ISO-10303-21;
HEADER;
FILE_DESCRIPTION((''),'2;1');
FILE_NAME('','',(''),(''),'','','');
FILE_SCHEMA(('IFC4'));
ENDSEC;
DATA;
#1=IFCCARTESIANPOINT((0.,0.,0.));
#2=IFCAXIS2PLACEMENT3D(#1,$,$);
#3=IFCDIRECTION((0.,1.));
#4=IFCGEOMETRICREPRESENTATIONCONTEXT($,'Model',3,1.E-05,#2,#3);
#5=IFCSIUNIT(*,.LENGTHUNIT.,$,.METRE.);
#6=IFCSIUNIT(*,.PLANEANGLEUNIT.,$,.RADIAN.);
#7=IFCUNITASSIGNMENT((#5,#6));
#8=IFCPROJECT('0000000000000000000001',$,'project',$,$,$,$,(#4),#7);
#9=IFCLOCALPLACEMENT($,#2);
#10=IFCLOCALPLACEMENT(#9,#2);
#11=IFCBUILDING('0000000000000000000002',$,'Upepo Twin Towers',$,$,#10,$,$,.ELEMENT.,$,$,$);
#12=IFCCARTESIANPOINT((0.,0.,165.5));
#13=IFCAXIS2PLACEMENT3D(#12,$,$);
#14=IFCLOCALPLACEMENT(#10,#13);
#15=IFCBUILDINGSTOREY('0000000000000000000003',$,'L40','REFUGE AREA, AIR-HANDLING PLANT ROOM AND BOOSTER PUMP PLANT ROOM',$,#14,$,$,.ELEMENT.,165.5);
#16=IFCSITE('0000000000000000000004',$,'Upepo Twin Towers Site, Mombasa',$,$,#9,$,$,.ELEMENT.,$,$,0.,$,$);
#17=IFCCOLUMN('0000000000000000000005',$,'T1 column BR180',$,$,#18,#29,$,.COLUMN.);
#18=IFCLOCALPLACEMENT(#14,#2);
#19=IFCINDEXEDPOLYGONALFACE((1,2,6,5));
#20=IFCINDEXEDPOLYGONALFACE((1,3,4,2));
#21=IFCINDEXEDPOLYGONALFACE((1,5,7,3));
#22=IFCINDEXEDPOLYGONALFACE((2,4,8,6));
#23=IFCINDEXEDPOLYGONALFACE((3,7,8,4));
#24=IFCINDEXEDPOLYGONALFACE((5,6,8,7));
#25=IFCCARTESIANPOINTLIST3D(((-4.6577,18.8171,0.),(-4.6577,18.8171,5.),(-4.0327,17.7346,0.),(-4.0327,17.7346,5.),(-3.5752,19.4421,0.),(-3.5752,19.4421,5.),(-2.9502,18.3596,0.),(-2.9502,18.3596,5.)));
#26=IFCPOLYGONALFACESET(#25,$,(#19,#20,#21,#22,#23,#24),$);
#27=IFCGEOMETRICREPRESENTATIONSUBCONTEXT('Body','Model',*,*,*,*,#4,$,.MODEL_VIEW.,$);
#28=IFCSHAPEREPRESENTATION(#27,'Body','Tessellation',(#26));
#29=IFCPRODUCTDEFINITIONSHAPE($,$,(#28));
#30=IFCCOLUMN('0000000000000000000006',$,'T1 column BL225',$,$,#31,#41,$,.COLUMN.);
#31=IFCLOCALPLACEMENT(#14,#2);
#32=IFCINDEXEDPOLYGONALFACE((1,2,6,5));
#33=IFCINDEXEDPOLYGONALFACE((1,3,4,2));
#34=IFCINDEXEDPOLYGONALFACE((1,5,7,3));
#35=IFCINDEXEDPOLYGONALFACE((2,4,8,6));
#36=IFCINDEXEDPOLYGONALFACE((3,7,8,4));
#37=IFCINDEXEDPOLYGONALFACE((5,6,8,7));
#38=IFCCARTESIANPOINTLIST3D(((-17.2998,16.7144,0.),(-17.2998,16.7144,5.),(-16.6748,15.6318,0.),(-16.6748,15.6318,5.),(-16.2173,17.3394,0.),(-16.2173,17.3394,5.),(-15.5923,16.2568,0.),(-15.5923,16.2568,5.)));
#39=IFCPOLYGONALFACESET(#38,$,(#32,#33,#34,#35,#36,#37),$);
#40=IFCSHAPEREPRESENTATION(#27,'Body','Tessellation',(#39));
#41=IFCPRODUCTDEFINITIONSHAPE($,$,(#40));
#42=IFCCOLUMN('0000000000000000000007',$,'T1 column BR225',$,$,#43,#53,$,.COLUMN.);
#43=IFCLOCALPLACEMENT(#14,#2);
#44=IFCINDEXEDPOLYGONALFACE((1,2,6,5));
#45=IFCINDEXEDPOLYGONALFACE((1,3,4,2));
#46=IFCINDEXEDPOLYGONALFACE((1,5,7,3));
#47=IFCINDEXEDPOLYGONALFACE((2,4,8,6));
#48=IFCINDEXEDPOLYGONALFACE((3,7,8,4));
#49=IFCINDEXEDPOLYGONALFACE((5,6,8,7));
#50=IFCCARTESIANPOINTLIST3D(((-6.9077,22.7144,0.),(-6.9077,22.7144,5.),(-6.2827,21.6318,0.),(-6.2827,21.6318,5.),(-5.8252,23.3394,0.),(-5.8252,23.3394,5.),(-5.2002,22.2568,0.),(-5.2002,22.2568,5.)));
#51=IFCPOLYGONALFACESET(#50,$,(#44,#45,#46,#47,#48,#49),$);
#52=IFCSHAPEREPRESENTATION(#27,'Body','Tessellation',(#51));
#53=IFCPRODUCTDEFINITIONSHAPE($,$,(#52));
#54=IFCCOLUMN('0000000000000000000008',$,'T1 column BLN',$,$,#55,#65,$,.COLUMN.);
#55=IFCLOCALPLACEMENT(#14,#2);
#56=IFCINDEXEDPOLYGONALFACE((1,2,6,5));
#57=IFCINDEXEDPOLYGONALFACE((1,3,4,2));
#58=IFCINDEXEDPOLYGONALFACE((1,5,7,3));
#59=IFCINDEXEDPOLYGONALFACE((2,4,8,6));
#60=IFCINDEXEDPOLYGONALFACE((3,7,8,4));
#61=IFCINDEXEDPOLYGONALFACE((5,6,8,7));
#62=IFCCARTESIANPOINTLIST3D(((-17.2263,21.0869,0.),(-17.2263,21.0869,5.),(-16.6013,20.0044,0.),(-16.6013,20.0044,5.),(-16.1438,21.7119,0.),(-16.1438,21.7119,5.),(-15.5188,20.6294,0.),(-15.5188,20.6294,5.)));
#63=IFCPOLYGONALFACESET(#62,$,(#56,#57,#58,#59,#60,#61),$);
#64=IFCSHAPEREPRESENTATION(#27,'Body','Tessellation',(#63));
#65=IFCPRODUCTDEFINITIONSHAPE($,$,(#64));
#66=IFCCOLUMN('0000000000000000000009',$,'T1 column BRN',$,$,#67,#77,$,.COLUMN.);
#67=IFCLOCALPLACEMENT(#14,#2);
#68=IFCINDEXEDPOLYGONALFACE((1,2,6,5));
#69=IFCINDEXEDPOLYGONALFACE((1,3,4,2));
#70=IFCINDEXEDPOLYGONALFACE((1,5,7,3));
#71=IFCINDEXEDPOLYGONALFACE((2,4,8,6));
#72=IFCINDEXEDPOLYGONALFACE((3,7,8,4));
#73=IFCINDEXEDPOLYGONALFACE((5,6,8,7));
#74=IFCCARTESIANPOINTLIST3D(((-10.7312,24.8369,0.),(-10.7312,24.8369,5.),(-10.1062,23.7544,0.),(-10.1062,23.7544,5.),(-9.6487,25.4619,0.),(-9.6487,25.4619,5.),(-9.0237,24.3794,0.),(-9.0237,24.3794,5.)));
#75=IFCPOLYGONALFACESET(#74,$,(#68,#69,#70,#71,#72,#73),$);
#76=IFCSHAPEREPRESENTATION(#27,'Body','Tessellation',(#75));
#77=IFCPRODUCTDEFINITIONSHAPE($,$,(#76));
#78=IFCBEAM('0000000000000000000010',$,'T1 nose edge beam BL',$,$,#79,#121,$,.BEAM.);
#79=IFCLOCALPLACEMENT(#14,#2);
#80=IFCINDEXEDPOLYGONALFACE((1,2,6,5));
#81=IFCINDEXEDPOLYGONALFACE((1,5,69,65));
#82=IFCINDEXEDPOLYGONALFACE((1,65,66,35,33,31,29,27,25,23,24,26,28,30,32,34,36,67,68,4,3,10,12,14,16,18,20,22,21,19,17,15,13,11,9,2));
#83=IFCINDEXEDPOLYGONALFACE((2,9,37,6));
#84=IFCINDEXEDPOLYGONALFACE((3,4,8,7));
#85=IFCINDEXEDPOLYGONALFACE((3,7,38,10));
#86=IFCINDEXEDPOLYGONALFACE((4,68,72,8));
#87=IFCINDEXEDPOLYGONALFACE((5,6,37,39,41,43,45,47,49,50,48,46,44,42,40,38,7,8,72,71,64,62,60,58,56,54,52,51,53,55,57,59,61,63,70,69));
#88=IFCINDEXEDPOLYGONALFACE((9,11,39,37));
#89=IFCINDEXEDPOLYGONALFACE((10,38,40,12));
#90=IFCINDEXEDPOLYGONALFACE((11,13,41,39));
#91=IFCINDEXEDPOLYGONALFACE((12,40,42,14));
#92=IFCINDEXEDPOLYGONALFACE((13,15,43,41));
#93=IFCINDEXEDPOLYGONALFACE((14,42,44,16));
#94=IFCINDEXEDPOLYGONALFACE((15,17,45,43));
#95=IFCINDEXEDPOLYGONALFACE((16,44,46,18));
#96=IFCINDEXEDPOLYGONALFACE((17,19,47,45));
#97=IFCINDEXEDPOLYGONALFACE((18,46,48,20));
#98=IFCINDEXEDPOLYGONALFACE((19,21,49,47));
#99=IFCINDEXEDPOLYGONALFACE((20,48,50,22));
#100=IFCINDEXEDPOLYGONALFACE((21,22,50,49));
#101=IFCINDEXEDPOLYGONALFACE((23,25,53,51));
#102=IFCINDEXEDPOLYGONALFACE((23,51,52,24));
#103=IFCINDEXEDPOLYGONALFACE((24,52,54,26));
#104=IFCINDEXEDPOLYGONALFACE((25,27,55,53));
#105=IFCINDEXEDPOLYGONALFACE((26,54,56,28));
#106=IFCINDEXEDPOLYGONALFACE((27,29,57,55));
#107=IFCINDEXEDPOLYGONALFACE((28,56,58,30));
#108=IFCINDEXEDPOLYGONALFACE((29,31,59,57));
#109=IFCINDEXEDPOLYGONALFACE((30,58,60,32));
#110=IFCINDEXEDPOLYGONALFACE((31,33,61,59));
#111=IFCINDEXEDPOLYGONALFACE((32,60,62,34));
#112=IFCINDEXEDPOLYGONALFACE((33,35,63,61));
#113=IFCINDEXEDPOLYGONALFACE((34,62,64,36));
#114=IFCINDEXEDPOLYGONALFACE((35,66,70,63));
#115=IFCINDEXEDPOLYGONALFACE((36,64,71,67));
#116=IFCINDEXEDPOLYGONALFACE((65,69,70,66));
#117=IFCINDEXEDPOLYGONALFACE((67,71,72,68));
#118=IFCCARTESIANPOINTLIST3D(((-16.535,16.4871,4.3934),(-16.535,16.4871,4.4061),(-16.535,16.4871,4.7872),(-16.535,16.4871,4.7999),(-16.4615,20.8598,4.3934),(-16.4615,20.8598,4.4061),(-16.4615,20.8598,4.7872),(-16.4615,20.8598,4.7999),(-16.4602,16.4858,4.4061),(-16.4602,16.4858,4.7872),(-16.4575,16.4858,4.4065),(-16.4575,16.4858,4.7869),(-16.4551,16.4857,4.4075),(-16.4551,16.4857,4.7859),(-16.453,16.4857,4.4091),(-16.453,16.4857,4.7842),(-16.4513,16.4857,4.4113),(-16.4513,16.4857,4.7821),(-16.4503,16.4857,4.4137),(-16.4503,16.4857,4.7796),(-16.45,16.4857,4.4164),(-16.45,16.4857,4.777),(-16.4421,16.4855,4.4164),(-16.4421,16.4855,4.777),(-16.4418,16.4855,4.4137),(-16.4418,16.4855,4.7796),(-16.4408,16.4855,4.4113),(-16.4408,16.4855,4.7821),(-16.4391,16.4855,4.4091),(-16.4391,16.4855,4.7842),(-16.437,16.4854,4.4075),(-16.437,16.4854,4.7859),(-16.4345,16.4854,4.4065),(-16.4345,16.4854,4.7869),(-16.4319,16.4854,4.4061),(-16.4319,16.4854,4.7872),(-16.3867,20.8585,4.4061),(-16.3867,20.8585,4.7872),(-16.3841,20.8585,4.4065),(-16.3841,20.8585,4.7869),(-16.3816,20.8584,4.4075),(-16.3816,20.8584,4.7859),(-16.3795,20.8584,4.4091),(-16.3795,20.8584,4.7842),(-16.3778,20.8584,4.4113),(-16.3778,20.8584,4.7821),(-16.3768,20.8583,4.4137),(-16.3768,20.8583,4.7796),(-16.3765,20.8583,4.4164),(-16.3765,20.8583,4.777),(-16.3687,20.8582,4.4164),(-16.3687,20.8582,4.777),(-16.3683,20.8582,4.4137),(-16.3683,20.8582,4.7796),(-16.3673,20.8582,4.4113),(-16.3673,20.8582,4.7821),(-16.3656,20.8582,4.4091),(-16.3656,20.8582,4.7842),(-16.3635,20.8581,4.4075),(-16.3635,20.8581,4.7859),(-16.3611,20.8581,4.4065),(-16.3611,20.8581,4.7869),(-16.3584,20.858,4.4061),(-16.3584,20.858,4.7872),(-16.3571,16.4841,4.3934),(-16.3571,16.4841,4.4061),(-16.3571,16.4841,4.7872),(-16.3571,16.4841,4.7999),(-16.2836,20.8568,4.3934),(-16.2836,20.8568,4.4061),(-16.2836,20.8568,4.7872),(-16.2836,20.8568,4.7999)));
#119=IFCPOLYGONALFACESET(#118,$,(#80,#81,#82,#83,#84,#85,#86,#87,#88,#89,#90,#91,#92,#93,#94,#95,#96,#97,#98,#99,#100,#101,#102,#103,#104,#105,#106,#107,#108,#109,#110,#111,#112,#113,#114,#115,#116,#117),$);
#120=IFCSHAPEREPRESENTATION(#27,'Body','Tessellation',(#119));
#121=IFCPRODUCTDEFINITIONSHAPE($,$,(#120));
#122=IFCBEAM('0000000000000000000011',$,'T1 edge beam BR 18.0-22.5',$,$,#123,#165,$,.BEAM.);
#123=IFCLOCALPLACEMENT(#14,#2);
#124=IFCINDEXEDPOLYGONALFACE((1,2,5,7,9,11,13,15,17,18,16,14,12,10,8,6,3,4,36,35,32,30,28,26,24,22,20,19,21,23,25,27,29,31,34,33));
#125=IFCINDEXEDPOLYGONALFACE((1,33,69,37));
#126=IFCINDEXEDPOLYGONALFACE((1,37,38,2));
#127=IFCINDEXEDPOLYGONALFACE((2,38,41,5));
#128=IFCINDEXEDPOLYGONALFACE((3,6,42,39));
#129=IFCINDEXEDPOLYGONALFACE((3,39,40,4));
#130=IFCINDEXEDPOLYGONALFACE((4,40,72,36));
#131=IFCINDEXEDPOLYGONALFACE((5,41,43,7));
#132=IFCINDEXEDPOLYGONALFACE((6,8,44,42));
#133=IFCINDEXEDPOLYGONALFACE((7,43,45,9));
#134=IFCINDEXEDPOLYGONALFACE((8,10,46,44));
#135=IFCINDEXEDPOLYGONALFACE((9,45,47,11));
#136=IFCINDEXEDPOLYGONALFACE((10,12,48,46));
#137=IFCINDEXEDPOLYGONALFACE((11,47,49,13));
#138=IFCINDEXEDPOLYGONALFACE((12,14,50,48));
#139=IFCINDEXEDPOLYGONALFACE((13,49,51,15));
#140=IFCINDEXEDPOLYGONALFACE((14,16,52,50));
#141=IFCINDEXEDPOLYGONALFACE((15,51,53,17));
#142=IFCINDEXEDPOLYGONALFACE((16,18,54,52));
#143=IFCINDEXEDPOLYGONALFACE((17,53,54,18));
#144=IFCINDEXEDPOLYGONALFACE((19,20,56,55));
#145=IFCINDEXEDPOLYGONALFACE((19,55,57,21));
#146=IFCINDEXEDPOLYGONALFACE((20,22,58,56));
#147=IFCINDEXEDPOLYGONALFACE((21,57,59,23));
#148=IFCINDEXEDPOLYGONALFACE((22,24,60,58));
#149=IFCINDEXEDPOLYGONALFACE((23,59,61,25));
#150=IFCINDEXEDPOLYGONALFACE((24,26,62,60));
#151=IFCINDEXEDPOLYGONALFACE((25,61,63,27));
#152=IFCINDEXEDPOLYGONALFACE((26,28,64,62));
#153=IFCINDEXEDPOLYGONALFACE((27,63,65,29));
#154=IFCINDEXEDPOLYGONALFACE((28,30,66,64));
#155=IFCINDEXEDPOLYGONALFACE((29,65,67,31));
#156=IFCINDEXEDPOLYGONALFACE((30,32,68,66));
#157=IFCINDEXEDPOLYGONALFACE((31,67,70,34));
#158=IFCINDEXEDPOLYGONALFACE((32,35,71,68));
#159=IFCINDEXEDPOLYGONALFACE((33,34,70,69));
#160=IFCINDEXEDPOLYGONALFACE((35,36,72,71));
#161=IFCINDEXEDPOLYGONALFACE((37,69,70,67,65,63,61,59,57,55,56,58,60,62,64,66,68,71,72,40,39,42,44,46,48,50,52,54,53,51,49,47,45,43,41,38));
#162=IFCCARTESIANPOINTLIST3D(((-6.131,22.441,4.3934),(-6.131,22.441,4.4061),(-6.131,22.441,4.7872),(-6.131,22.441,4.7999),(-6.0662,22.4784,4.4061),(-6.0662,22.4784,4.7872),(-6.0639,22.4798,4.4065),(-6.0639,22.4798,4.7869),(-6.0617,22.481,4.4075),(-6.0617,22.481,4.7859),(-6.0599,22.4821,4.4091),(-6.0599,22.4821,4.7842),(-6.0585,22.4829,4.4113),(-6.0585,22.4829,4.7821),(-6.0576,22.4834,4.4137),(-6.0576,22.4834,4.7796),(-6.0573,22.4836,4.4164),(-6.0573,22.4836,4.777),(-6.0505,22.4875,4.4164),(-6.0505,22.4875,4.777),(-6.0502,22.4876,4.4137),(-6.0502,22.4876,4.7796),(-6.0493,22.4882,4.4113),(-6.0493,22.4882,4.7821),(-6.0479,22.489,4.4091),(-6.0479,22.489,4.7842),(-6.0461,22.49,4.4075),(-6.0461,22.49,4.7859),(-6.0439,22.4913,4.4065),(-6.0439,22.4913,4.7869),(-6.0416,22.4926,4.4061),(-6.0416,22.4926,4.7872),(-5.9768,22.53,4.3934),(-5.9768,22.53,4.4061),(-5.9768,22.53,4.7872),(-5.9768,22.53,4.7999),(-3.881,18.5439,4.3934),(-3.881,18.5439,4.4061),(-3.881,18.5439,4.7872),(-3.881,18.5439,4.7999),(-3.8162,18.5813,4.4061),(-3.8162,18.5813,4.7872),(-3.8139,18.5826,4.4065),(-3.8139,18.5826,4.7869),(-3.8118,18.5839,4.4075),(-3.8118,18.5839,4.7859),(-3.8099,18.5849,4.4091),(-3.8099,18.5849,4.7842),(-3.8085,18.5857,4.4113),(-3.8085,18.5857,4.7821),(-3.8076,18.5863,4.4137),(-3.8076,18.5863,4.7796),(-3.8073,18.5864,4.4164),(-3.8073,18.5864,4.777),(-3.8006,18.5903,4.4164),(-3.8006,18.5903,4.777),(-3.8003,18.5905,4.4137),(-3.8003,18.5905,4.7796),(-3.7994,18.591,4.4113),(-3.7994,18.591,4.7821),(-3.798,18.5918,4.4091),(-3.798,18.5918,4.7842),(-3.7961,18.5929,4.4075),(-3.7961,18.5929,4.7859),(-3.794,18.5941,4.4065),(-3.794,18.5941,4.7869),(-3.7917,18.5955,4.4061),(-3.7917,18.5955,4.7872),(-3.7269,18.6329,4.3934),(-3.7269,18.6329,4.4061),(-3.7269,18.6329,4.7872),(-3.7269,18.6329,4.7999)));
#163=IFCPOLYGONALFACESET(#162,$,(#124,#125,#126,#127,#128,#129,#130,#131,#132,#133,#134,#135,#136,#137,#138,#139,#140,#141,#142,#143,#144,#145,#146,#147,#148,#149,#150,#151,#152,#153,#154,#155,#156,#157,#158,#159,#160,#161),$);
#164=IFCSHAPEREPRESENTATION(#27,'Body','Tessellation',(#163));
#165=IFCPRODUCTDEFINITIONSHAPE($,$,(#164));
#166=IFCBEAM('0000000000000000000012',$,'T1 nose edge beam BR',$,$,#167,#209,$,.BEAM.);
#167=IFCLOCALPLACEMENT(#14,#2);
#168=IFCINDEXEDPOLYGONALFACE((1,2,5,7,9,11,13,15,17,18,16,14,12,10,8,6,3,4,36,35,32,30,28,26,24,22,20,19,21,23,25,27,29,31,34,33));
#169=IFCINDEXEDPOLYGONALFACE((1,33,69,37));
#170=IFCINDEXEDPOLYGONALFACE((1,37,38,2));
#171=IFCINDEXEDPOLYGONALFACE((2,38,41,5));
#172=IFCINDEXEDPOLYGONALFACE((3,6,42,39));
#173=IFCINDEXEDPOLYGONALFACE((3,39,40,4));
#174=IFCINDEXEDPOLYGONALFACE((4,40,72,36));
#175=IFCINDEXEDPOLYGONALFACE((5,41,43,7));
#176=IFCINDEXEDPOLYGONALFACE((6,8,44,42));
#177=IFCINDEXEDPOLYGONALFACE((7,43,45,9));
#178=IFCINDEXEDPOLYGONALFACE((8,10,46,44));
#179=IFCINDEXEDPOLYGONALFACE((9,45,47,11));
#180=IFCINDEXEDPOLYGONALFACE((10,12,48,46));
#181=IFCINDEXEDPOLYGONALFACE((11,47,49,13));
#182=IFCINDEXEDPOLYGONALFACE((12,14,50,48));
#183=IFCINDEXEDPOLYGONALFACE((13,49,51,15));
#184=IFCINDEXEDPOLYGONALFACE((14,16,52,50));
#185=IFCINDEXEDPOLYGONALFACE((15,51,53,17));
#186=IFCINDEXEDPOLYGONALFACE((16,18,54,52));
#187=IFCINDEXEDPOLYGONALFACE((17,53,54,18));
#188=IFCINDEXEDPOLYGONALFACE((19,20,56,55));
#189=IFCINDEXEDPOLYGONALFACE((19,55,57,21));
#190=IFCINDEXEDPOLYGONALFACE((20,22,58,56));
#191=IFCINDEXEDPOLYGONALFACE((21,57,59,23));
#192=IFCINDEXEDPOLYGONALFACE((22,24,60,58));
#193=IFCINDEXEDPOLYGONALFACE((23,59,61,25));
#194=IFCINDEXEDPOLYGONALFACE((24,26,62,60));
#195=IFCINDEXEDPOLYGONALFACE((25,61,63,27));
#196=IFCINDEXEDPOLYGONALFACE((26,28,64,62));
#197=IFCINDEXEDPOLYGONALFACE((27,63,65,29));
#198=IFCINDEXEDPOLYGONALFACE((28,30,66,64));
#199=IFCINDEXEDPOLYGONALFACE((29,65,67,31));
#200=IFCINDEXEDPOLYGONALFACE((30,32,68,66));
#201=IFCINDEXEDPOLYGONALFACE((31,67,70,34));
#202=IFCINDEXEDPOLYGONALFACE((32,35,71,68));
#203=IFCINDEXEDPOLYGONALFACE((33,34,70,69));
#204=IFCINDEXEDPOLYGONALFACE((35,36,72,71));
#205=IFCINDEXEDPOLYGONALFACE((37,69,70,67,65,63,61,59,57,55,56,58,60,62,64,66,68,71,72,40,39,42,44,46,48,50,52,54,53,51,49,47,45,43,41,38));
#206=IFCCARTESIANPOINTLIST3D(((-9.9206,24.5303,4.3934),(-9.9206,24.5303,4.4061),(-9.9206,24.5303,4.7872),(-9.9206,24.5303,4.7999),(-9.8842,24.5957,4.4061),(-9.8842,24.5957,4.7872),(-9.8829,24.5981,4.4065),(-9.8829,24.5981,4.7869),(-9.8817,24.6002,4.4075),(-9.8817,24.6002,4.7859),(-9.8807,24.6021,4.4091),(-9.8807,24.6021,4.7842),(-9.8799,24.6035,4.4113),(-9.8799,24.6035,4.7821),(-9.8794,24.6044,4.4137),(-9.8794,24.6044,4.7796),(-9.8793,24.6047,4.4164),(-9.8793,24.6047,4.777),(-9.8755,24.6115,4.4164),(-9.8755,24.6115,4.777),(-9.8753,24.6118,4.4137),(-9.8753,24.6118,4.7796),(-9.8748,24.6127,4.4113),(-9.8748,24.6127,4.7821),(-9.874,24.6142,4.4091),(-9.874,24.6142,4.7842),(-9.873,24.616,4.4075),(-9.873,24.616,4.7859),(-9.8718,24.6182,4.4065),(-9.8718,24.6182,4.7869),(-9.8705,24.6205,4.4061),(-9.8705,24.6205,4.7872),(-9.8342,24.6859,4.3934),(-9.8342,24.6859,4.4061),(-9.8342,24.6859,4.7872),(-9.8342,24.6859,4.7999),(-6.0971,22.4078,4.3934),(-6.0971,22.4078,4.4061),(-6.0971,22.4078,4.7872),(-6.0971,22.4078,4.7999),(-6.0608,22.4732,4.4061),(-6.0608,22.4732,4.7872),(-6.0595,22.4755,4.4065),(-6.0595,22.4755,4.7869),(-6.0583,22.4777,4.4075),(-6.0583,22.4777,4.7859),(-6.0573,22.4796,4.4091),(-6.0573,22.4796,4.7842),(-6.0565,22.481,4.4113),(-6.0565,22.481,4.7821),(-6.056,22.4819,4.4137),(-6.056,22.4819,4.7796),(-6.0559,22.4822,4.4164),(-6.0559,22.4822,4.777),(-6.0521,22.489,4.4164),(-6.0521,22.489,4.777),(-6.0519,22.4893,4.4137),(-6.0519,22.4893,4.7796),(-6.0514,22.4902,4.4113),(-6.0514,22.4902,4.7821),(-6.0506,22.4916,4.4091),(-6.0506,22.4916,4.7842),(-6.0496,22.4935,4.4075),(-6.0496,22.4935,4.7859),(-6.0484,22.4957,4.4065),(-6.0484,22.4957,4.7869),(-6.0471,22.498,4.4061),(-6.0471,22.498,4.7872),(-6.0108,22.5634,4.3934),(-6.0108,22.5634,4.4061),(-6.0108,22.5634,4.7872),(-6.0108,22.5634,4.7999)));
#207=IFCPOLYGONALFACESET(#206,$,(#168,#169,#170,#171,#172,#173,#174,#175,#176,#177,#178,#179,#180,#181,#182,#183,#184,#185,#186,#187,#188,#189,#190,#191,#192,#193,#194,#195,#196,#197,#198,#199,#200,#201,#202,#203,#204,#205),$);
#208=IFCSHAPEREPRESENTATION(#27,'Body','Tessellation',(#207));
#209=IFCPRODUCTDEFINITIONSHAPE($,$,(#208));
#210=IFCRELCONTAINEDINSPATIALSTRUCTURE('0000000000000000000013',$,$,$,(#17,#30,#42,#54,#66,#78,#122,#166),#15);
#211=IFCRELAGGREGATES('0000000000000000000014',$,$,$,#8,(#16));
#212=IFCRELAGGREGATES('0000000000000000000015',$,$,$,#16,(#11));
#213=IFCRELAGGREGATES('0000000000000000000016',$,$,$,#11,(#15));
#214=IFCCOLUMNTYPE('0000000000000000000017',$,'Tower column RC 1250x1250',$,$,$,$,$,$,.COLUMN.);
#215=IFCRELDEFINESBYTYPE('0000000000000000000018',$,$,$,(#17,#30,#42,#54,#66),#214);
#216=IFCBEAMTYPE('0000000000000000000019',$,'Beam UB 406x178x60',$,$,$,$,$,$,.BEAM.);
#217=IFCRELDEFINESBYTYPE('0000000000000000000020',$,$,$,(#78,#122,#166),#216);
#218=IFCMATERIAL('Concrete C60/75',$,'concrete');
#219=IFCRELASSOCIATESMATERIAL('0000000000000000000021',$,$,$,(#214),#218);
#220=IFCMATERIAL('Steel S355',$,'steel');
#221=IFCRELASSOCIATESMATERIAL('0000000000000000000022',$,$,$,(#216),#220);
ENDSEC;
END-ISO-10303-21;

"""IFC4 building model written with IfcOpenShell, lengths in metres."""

from ifc_helpers import new_model, si_unit, direction, frame, origin, origin_2d, place, context, subcontext, project, spatial, rectangle, i_section, extrude, material, material_profile, profile_set, type_object, element, save


model = new_model("IFC4")

# Units and contexts
model_context = context("Model", 3, precision=1e-05, world=origin(), true_north=direction((0.0, 1.0)))
body_context = subcontext(model_context, "Body", "Model", "MODEL_VIEW")
ifc_project = project(units=[si_unit("LENGTHUNIT", "METRE"), si_unit("PLANEANGLEUNIT", "RADIAN")], contexts=[model_context])

# Site, building, storey
site_placement = place(None, origin())
site = spatial("IfcSite", under=ifc_project, at=site_placement, Name="Upepo Twin Towers Site, Mombasa", CompositionType="ELEMENT", RefElevation=0.0)
building_placement = place(site_placement, origin())
building = spatial("IfcBuilding", under=site, at=building_placement, Name="Upepo Twin Towers", CompositionType="ELEMENT")
storey_placement = place(building_placement, frame((0.0, 0.0, 165.5)))
storey = spatial("IfcBuildingStorey", under=building, at=storey_placement, Name="L40", Description="REFUGE AREA, AIR-HANDLING PLANT ROOM AND BOOSTER PUMP PLANT ROOM", CompositionType="ELEMENT", Elevation=165.5)

# Columns
ifc_material_1 = material(Name="Concrete C60/75", Category="concrete")
ifc_material_profile_1 = material_profile(ifc_material_1, rectangle(XDim=1.25, YDim=1.25, at=origin_2d()), Name="RC 1250x1250")
ifc_profile_set_1 = profile_set([ifc_material_profile_1], Name="Concrete C60/75")
column_type = type_object("IfcColumnType", Name="Tower column RC 1250x1250", PredefinedType="COLUMN", material=ifc_profile_set_1)
for number, where, z_axis, x_axis, name in (
    (1, (-3.804, 18.5884, 0.0), (0.0, 0.0, 1.0), (0.866025, 0.5, 0.0), "T1 column BR180"),
    (2, (-16.446, 16.4856, 0.0), (0.0, 0.0, 1.0), (0.866025, 0.5, 0.0), "T1 column BL225"),
    (3, (-6.054, 22.4856, 0.0), (0.0, 0.0, 1.0), (0.866025, 0.5, 0.0), "T1 column BR225"),
    (4, (-16.3726, 20.8582, 0.0), (0.0, 0.0, 1.0), (0.866025, 0.5, 0.0), "T1 column BLN"),
    (5, (-9.8774, 24.6082, 0.0), (0.0, 0.0, 1.0), (0.866025, 0.5, 0.0), "T1 column BRN"),
):
    element("IfcColumn", number, at=place(storey_placement, frame(where, z_axis=z_axis, x_axis=x_axis)), inside=storey, type_object=column_type, Name=name, PredefinedType="COLUMN", context=body_context, shape_type="SweptSolid", body=[
        extrude(rectangle(XDim=1.25, YDim=1.25, at=origin_2d()), origin(), (0.0, 0.0, 1.0), 5.0),
    ])

# Beams
ifc_material_2 = material(Name="Steel S355", Category="steel")
ifc_material_profile_2 = material_profile(ifc_material_2, i_section(OverallWidth=0.178, OverallDepth=0.4065, WebThickness=0.0078, FlangeThickness=0.0127, FilletRadius=0.0103, at=origin_2d()), Name="UB 406x178x60")
ifc_profile_set_2 = profile_set([ifc_material_profile_2], Name="Steel S355")
beam_type_1 = type_object("IfcBeamType", Name="Beam UB 406x178x60", PredefinedType="BEAM", material=ifc_profile_set_2)
beam_1_placement = place(storey_placement, frame((-16.446, 16.4856, 4.5967), z_axis=(0.016804, 0.999859, 0.0), x_axis=(-0.999859, 0.016804, 0.0)))
element("IfcBeam", 6, at=beam_1_placement, inside=storey, type_object=beam_type_1, Name="T1 nose edge beam BL", PredefinedType="BEAM", context=body_context, shape_type="SweptSolid", body=[
    extrude(i_section(OverallWidth=0.178, OverallDepth=0.4065, WebThickness=0.0078, FlangeThickness=0.0127, FilletRadius=0.0103, at=origin_2d()), origin(), (0.0, 0.0, 1.0), 4.3733),
])
beam_2_placement = place(storey_placement, frame((-3.804, 18.5884, 4.5967), z_axis=(-0.49999, 0.866031, 0.0), x_axis=(-0.866031, -0.49999, 0.0)))
element("IfcBeam", 7, at=beam_2_placement, inside=storey, type_object=beam_type_1, Name="T1 edge beam BR 18.0-22.5", PredefinedType="BEAM", context=body_context, shape_type="SweptSolid", body=[
    extrude(i_section(OverallWidth=0.178, OverallDepth=0.4065, WebThickness=0.0078, FlangeThickness=0.0127, FilletRadius=0.0103, at=origin_2d()), origin(), (0.0, 0.0, 1.0), 4.5),
])
beam_3_placement = place(storey_placement, frame((-6.054, 22.4856, 4.5967), z_axis=(-0.874313, 0.485363, 0.0), x_axis=(-0.485363, -0.874313, 0.0)))
element("IfcBeam", 8, at=beam_3_placement, inside=storey, type_object=beam_type_1, Name="T1 nose edge beam BR", PredefinedType="BEAM", context=body_context, shape_type="SweptSolid", body=[
    extrude(i_section(OverallWidth=0.178, OverallDepth=0.4065, WebThickness=0.0078, FlangeThickness=0.0127, FilletRadius=0.0103, at=origin_2d()), origin(), (0.0, 0.0, 1.0), 4.373),
])

save(model, "model.ifc")
